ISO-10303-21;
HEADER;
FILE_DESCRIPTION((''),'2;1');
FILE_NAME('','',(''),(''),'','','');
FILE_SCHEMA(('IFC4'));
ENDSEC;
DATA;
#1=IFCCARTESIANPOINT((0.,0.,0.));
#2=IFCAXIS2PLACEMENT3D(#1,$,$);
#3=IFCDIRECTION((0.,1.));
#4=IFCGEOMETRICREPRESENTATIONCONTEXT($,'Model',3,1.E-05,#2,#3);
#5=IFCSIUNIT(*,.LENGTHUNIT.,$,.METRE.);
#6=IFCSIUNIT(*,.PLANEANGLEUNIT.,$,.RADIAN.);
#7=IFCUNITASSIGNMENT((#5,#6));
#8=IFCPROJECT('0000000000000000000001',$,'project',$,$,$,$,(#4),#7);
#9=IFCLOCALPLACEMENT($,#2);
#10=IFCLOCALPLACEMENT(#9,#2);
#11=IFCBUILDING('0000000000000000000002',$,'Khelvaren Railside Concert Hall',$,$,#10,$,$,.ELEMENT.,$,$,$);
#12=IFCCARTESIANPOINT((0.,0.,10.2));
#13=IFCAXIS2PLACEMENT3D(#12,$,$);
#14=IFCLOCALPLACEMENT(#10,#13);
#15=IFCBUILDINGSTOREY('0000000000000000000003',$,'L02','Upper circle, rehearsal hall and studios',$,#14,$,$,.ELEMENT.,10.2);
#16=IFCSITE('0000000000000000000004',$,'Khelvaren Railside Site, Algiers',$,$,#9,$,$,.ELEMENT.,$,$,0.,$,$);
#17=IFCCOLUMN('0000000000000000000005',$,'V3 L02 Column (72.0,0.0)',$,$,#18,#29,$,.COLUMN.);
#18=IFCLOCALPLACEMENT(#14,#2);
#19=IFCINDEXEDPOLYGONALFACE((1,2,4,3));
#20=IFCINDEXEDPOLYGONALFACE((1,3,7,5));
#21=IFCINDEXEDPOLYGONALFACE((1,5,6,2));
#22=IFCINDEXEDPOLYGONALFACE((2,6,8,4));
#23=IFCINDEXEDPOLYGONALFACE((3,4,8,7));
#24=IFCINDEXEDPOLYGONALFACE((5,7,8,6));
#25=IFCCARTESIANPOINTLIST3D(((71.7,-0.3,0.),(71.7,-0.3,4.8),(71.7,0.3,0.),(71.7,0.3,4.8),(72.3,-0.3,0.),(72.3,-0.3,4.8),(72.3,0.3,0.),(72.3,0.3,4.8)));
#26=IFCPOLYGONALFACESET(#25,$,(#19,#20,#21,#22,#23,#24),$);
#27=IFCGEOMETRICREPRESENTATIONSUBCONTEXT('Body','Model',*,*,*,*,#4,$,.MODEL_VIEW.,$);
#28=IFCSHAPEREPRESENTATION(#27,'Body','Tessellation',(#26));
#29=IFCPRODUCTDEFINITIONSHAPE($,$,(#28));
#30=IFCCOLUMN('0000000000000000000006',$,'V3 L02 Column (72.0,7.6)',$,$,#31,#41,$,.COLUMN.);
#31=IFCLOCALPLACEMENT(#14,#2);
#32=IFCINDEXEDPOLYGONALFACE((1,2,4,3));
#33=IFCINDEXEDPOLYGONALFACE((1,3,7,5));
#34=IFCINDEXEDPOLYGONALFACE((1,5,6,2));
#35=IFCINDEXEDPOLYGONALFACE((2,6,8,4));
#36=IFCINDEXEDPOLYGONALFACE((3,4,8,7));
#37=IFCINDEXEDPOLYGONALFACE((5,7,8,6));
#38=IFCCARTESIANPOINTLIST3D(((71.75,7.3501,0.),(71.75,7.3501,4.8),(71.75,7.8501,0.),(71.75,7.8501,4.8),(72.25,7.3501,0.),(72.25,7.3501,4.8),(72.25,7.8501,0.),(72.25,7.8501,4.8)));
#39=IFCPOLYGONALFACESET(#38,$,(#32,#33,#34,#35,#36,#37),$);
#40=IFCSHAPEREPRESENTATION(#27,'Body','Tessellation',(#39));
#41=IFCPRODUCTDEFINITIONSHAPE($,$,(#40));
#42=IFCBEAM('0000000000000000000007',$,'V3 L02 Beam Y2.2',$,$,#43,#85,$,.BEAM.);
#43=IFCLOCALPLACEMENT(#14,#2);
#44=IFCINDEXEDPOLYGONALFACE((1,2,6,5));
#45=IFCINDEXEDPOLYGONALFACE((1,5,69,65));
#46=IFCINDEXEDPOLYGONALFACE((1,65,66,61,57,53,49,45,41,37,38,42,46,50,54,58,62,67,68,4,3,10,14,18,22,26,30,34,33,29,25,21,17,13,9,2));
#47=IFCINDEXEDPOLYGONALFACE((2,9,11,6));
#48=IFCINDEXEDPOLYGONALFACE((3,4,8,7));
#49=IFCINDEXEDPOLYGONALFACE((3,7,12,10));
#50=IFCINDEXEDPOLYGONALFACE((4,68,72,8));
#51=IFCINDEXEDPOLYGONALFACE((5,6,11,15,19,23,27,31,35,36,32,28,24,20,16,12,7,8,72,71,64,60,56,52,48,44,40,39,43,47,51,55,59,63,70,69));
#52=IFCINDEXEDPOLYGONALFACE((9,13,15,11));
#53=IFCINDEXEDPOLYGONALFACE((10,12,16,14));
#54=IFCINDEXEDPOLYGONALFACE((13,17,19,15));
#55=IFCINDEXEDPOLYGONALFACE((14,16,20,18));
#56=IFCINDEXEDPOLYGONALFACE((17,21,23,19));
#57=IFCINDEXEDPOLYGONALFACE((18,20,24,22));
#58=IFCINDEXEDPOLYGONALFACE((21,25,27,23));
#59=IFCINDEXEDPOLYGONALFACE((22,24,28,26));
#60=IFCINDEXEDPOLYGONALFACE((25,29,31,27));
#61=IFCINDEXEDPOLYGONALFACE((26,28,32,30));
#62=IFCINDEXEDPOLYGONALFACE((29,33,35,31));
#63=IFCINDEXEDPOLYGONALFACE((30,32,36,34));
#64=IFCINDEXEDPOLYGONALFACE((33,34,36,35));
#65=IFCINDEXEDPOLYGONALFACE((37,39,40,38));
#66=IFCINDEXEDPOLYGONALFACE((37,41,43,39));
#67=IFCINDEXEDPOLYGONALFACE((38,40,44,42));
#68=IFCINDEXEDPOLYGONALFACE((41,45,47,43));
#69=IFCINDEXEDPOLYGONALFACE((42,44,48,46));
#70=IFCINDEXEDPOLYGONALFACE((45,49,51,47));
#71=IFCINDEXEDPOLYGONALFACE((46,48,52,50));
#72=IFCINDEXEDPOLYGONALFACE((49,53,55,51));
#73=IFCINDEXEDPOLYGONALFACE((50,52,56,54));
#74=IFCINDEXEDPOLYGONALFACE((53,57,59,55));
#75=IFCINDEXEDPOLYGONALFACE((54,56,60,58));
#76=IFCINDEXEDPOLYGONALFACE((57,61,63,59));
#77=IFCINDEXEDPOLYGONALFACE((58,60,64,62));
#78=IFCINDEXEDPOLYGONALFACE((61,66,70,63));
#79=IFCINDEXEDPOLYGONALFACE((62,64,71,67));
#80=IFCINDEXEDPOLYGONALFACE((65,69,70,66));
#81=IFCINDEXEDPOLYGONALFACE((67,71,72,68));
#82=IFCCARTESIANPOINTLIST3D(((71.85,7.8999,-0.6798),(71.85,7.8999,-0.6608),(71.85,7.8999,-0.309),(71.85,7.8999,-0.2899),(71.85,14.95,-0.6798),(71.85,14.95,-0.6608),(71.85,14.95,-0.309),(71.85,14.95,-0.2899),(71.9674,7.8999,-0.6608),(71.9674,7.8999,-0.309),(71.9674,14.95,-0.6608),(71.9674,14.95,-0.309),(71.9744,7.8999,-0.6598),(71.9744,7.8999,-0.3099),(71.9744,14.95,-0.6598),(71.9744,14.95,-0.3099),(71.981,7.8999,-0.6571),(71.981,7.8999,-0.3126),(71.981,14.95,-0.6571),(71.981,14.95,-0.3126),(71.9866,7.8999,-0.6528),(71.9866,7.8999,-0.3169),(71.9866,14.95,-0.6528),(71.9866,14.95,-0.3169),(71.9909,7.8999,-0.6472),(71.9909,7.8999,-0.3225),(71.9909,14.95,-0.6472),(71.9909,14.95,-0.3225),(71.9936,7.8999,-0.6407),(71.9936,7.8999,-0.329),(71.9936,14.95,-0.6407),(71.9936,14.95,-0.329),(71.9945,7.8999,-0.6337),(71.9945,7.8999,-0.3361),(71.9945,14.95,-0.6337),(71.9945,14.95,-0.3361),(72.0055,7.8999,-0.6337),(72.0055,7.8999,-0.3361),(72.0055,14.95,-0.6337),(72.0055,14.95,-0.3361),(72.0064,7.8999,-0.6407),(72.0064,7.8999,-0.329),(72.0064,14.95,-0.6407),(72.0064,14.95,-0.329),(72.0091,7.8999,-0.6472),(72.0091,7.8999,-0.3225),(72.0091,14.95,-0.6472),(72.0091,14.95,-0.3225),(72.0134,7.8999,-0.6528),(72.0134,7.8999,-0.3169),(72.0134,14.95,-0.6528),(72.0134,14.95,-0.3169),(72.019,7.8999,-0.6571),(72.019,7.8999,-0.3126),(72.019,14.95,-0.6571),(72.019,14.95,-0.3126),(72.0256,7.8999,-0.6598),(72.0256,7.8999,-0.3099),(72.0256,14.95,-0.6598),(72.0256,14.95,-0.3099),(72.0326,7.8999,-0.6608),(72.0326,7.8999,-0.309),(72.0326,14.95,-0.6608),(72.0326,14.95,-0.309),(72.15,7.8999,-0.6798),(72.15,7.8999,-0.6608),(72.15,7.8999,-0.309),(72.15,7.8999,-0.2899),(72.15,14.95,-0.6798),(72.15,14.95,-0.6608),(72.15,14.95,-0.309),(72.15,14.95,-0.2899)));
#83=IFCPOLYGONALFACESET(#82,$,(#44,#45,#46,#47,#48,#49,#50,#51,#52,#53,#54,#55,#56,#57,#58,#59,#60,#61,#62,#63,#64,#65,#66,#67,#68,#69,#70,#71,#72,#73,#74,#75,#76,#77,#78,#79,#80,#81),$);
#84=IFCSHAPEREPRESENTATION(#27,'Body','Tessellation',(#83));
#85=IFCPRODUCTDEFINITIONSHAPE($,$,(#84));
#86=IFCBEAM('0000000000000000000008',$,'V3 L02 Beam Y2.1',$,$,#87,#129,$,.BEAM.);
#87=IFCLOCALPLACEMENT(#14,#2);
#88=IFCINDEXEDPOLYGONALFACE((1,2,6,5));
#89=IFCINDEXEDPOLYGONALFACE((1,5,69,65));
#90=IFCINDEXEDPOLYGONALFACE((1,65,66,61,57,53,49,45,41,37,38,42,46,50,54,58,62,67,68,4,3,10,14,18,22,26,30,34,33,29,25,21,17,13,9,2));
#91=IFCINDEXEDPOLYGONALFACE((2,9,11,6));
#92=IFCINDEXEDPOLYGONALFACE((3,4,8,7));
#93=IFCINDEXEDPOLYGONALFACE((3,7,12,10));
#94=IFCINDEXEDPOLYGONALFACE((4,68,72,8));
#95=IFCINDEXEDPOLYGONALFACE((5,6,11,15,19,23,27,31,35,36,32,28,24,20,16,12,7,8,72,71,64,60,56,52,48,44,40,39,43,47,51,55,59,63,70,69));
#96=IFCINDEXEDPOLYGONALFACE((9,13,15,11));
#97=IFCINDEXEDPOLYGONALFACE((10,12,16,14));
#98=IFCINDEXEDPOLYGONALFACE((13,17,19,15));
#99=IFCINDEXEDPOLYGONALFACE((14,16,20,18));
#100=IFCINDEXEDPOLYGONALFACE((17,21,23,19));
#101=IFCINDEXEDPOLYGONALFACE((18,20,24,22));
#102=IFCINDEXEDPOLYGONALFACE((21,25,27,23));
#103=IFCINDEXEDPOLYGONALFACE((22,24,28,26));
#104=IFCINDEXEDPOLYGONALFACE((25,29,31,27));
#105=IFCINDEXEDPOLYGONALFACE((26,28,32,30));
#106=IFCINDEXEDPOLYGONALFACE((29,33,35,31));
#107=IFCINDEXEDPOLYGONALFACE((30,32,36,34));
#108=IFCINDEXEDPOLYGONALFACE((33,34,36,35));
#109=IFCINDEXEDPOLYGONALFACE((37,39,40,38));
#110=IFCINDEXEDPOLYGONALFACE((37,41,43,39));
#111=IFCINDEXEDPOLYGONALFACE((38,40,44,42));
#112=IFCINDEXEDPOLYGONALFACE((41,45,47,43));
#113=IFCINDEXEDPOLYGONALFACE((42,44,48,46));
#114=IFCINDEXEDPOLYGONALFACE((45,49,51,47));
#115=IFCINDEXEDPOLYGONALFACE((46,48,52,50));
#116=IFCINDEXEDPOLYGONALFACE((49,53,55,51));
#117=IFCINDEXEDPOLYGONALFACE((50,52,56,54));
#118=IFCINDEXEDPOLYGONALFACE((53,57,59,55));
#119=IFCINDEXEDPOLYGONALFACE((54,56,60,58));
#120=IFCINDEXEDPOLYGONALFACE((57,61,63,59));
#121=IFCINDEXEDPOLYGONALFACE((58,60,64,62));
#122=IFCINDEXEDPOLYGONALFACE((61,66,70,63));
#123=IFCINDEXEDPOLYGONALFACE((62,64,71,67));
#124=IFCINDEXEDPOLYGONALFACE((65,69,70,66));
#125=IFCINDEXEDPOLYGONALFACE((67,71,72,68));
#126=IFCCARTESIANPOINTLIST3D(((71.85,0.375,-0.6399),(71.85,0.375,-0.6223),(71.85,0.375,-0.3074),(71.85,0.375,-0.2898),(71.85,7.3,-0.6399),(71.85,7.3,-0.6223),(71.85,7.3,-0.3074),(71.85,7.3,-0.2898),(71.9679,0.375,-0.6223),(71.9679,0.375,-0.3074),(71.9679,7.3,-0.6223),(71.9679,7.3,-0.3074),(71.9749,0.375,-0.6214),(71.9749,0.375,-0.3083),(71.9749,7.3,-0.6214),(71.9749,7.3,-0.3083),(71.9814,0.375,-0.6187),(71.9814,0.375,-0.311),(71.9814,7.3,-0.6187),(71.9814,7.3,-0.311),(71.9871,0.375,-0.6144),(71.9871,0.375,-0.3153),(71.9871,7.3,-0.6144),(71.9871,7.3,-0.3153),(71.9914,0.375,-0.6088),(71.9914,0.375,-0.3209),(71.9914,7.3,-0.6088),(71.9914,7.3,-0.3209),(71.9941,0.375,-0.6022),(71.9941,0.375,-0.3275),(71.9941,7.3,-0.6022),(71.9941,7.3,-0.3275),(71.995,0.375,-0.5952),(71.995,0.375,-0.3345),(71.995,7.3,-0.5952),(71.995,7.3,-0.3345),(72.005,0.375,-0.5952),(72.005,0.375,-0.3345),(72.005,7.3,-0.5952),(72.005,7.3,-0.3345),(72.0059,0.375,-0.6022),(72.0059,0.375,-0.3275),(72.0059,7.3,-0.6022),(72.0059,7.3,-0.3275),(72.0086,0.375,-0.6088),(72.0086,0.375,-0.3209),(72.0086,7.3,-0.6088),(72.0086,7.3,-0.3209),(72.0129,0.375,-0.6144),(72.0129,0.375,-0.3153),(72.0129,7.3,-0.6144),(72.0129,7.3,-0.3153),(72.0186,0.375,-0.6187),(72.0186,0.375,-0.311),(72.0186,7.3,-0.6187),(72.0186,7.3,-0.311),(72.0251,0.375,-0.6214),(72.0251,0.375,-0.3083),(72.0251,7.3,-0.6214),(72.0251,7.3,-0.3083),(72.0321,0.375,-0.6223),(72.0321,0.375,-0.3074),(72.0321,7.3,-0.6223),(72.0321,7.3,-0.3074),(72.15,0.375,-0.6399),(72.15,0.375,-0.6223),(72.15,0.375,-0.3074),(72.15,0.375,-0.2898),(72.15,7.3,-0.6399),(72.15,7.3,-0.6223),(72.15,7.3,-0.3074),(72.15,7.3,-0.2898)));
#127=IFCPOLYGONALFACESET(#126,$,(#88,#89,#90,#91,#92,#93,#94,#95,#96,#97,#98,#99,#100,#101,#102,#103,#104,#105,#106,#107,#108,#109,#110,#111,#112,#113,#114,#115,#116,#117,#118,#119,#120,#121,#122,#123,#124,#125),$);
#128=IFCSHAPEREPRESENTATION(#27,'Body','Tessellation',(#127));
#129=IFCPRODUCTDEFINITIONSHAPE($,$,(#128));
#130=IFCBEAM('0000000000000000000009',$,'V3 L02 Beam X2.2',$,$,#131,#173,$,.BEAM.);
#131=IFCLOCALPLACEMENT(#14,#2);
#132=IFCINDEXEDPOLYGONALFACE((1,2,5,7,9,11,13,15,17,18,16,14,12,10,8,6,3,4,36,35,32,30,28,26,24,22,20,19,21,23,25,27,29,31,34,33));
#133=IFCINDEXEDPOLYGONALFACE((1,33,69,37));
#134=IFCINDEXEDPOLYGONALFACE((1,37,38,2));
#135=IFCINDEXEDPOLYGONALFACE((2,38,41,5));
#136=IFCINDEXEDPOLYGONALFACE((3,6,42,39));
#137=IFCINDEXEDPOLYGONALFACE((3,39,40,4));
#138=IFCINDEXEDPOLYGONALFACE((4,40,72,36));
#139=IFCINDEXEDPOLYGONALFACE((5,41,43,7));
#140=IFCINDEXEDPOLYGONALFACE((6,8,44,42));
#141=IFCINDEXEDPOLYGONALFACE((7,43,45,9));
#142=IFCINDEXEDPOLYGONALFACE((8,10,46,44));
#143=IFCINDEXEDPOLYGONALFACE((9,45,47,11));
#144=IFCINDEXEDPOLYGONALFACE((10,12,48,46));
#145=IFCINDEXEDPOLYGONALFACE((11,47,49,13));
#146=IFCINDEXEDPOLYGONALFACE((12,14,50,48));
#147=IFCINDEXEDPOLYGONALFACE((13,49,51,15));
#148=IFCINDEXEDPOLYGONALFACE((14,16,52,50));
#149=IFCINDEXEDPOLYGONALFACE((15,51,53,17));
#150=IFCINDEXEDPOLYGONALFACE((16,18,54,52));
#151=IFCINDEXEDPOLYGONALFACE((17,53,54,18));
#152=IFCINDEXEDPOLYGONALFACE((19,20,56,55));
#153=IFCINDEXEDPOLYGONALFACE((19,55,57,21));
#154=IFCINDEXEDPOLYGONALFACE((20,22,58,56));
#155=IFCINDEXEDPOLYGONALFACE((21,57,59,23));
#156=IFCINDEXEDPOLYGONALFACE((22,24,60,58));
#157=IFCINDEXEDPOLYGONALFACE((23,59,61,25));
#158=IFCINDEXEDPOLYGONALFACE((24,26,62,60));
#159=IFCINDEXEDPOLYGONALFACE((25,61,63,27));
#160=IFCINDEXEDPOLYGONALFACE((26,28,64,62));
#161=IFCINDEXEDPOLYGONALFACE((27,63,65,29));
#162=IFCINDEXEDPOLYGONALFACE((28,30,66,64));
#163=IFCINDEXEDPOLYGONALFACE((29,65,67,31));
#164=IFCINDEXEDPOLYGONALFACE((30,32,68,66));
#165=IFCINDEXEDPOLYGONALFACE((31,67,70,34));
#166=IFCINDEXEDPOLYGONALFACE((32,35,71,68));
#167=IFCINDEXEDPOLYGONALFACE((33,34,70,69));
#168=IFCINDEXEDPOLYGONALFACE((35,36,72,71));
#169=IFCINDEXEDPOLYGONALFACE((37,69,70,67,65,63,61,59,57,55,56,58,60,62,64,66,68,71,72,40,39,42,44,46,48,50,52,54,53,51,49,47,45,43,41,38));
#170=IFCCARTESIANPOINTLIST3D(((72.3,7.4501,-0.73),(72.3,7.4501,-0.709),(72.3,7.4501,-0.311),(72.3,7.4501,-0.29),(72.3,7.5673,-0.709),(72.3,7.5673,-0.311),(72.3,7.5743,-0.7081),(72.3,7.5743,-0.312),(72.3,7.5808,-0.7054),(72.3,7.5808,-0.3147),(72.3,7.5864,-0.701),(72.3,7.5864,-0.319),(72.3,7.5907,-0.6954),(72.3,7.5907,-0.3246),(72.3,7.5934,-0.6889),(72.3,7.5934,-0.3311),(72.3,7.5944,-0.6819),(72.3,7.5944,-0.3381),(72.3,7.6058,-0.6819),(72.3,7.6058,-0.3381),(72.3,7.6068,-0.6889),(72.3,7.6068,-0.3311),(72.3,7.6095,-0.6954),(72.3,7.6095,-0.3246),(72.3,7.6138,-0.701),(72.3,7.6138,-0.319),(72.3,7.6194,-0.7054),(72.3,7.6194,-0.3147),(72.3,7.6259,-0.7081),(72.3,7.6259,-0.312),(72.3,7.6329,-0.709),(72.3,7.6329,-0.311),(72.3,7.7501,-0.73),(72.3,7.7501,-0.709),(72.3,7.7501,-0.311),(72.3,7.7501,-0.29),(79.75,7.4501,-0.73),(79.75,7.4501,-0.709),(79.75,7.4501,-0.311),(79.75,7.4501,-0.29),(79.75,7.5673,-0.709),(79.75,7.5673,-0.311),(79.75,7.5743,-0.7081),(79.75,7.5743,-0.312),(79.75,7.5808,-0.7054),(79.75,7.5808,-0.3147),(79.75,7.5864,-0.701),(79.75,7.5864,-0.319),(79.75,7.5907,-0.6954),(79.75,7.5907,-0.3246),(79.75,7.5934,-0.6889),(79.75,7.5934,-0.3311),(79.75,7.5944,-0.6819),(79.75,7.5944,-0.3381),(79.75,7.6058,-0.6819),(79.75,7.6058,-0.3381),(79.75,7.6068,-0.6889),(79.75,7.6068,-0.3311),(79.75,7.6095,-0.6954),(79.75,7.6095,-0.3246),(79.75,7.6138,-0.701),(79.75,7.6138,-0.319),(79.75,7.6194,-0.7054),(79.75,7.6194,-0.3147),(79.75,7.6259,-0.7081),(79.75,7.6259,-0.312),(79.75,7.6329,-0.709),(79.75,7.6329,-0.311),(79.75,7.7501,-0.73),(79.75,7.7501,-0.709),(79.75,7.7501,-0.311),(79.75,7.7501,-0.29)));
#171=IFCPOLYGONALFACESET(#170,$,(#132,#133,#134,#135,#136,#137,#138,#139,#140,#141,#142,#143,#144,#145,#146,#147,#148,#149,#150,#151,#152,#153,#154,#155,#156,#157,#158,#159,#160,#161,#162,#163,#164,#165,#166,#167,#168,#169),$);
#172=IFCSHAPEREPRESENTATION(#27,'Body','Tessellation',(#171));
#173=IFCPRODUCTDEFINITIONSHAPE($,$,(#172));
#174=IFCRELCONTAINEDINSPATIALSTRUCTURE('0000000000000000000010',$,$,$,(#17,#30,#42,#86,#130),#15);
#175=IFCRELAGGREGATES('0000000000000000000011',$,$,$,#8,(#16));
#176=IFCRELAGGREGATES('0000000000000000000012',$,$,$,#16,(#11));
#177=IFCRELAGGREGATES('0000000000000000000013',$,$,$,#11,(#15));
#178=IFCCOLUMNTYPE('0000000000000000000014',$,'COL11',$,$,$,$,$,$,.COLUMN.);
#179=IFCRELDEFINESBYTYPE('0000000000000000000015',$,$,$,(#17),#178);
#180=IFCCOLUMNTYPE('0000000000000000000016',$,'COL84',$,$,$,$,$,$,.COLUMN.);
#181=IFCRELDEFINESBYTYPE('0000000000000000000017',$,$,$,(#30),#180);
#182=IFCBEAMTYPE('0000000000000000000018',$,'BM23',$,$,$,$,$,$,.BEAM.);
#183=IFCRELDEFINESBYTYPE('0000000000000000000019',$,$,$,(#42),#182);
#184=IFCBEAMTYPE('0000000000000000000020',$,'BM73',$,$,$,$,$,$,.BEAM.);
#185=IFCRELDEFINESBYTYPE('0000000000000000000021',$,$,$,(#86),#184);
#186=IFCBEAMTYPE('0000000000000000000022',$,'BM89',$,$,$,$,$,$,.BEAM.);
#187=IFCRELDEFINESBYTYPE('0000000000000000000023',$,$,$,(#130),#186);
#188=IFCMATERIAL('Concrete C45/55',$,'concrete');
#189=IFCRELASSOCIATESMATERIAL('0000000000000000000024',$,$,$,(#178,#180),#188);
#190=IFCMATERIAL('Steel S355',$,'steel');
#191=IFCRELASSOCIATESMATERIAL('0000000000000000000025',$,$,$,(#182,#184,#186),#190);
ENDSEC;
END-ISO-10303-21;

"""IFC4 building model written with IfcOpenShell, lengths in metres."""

from ifc_helpers import new_model, si_unit, direction, frame, origin, origin_2d, place, context, subcontext, project, spatial, rectangle, i_section, extrude, material, material_profile, profile_set, type_object, element, save


model = new_model("IFC4")

# Units and contexts
model_context = context("Model", 3, precision=1e-05, world=origin(), true_north=direction((0.0, 1.0)))
body_context = subcontext(model_context, "Body", "Model", "MODEL_VIEW")
ifc_project = project(units=[si_unit("LENGTHUNIT", "METRE"), si_unit("PLANEANGLEUNIT", "RADIAN")], contexts=[model_context])

# Site, building, storey
site_placement = place(None, origin())
site = spatial("IfcSite", under=ifc_project, at=site_placement, Name="Khelvaren Railside Site, Algiers", CompositionType="ELEMENT", RefElevation=0.0)
building_placement = place(site_placement, origin())
building = spatial("IfcBuilding", under=site, at=building_placement, Name="Khelvaren Railside Concert Hall", CompositionType="ELEMENT")
storey_placement = place(building_placement, frame((0.0, 0.0, 10.2)))
storey = spatial("IfcBuildingStorey", under=building, at=storey_placement, Name="L02", Description="Upper circle, rehearsal hall and studios", CompositionType="ELEMENT", Elevation=10.2)

# Columns
ifc_material_1 = material(Name="Concrete C45/55", Category="concrete")
ifc_material_profile_1 = material_profile(ifc_material_1, rectangle(XDim=0.6001, YDim=0.6001, at=origin_2d()), Name="RC 600x600")
ifc_profile_set_1 = profile_set([ifc_material_profile_1], Name="Concrete C45/55")
column_type_1 = type_object("IfcColumnType", Name="COL11", PredefinedType="COLUMN", material=ifc_profile_set_1)
column_1_placement = place(storey_placement, frame((72.0, 0.0, 0.0), z_axis=(0.0, 0.0, 1.0), x_axis=(1.0, 0.0, 0.0)))
element("IfcColumn", 1, at=column_1_placement, inside=storey, type_object=column_type_1, Name="V3 L02 Column (72.0,0.0)", PredefinedType="COLUMN", context=body_context, shape_type="SweptSolid", body=[
    extrude(rectangle(XDim=0.6001, YDim=0.6001, at=origin_2d()), origin(), (0.0, 0.0, 1.0), 4.8),
])
ifc_material_profile_2 = material_profile(ifc_material_1, rectangle(XDim=0.5, YDim=0.5, at=origin_2d()), Name="RC 500x500")
ifc_profile_set_2 = profile_set([ifc_material_profile_2], Name="Concrete C45/55")
column_type_2 = type_object("IfcColumnType", Name="COL84", PredefinedType="COLUMN", material=ifc_profile_set_2)
column_2_placement = place(storey_placement, frame((72.0, 7.6001, 0.0), z_axis=(0.0, 0.0, 1.0), x_axis=(1.0, 0.0, 0.0)))
element("IfcColumn", 2, at=column_2_placement, inside=storey, type_object=column_type_2, Name="V3 L02 Column (72.0,7.6)", PredefinedType="COLUMN", context=body_context, shape_type="SweptSolid", body=[
    extrude(rectangle(XDim=0.5, YDim=0.5, at=origin_2d()), origin(), (0.0, 0.0, 1.0), 4.8),
])

# Beams
ifc_material_2 = material(Name="Steel S355", Category="steel")
ifc_material_profile_3 = material_profile(ifc_material_2, i_section(OverallWidth=0.3, OverallDepth=0.3899, WebThickness=0.011, FlangeThickness=0.019, FilletRadius=0.0271, at=origin_2d()), Name="HEA 400")
ifc_profile_set_3 = profile_set([ifc_material_profile_3], Name="Steel S355")
beam_type_1 = type_object("IfcBeamType", Name="BM23", PredefinedType="BEAM", material=ifc_profile_set_3)
beam_1_placement = place(storey_placement, frame((72.0, 7.8999, -0.4849), z_axis=(0.0, 1.0, 0.0), x_axis=(-1.0, 0.0, 0.0)))
element("IfcBeam", 3, at=beam_1_placement, inside=storey, type_object=beam_type_1, Name="V3 L02 Beam Y2.2", PredefinedType="BEAM", context=body_context, shape_type="SweptSolid", body=[
    extrude(i_section(OverallWidth=0.3, OverallDepth=0.3899, WebThickness=0.011, FlangeThickness=0.019, FilletRadius=0.0271, at=origin_2d()), origin(), (0.0, 0.0, 1.0), 7.05),
])
ifc_material_profile_4 = material_profile(ifc_material_2, i_section(OverallWidth=0.3, OverallDepth=0.3501, WebThickness=0.01, FlangeThickness=0.0176, FilletRadius=0.0271, at=origin_2d()), Name="HEA 360")
ifc_profile_set_4 = profile_set([ifc_material_profile_4], Name="Steel S355")
beam_type_2 = type_object("IfcBeamType", Name="BM73", PredefinedType="BEAM", material=ifc_profile_set_4)
beam_2_placement = place(storey_placement, frame((72.0, 0.375, -0.4648), z_axis=(0.0, 1.0, 0.0), x_axis=(-1.0, 0.0, 0.0)))
element("IfcBeam", 4, at=beam_2_placement, inside=storey, type_object=beam_type_2, Name="V3 L02 Beam Y2.1", PredefinedType="BEAM", context=body_context, shape_type="SweptSolid", body=[
    extrude(i_section(OverallWidth=0.3, OverallDepth=0.3501, WebThickness=0.01, FlangeThickness=0.0176, FilletRadius=0.0271, at=origin_2d()), origin(), (0.0, 0.0, 1.0), 6.925),
])
ifc_material_profile_5 = material_profile(ifc_material_2, i_section(OverallWidth=0.3, OverallDepth=0.4399, WebThickness=0.0115, FlangeThickness=0.021, FilletRadius=0.0271, at=origin_2d()), Name="HEA 450")
ifc_profile_set_5 = profile_set([ifc_material_profile_5], Name="Steel S355")
beam_type_3 = type_object("IfcBeamType", Name="BM89", PredefinedType="BEAM", material=ifc_profile_set_5)
beam_3_placement = place(storey_placement, frame((72.3, 7.6001, -0.51), z_axis=(1.0, 0.0, 0.0), x_axis=(0.0, 1.0, 0.0)))
element("IfcBeam", 5, at=beam_3_placement, inside=storey, type_object=beam_type_3, Name="V3 L02 Beam X2.2", PredefinedType="BEAM", context=body_context, shape_type="SweptSolid", body=[
    extrude(i_section(OverallWidth=0.3, OverallDepth=0.4399, WebThickness=0.0115, FlangeThickness=0.021, FilletRadius=0.0271, at=origin_2d()), origin(), (0.0, 0.0, 1.0), 7.45),
])

save(model, "model.ifc")
